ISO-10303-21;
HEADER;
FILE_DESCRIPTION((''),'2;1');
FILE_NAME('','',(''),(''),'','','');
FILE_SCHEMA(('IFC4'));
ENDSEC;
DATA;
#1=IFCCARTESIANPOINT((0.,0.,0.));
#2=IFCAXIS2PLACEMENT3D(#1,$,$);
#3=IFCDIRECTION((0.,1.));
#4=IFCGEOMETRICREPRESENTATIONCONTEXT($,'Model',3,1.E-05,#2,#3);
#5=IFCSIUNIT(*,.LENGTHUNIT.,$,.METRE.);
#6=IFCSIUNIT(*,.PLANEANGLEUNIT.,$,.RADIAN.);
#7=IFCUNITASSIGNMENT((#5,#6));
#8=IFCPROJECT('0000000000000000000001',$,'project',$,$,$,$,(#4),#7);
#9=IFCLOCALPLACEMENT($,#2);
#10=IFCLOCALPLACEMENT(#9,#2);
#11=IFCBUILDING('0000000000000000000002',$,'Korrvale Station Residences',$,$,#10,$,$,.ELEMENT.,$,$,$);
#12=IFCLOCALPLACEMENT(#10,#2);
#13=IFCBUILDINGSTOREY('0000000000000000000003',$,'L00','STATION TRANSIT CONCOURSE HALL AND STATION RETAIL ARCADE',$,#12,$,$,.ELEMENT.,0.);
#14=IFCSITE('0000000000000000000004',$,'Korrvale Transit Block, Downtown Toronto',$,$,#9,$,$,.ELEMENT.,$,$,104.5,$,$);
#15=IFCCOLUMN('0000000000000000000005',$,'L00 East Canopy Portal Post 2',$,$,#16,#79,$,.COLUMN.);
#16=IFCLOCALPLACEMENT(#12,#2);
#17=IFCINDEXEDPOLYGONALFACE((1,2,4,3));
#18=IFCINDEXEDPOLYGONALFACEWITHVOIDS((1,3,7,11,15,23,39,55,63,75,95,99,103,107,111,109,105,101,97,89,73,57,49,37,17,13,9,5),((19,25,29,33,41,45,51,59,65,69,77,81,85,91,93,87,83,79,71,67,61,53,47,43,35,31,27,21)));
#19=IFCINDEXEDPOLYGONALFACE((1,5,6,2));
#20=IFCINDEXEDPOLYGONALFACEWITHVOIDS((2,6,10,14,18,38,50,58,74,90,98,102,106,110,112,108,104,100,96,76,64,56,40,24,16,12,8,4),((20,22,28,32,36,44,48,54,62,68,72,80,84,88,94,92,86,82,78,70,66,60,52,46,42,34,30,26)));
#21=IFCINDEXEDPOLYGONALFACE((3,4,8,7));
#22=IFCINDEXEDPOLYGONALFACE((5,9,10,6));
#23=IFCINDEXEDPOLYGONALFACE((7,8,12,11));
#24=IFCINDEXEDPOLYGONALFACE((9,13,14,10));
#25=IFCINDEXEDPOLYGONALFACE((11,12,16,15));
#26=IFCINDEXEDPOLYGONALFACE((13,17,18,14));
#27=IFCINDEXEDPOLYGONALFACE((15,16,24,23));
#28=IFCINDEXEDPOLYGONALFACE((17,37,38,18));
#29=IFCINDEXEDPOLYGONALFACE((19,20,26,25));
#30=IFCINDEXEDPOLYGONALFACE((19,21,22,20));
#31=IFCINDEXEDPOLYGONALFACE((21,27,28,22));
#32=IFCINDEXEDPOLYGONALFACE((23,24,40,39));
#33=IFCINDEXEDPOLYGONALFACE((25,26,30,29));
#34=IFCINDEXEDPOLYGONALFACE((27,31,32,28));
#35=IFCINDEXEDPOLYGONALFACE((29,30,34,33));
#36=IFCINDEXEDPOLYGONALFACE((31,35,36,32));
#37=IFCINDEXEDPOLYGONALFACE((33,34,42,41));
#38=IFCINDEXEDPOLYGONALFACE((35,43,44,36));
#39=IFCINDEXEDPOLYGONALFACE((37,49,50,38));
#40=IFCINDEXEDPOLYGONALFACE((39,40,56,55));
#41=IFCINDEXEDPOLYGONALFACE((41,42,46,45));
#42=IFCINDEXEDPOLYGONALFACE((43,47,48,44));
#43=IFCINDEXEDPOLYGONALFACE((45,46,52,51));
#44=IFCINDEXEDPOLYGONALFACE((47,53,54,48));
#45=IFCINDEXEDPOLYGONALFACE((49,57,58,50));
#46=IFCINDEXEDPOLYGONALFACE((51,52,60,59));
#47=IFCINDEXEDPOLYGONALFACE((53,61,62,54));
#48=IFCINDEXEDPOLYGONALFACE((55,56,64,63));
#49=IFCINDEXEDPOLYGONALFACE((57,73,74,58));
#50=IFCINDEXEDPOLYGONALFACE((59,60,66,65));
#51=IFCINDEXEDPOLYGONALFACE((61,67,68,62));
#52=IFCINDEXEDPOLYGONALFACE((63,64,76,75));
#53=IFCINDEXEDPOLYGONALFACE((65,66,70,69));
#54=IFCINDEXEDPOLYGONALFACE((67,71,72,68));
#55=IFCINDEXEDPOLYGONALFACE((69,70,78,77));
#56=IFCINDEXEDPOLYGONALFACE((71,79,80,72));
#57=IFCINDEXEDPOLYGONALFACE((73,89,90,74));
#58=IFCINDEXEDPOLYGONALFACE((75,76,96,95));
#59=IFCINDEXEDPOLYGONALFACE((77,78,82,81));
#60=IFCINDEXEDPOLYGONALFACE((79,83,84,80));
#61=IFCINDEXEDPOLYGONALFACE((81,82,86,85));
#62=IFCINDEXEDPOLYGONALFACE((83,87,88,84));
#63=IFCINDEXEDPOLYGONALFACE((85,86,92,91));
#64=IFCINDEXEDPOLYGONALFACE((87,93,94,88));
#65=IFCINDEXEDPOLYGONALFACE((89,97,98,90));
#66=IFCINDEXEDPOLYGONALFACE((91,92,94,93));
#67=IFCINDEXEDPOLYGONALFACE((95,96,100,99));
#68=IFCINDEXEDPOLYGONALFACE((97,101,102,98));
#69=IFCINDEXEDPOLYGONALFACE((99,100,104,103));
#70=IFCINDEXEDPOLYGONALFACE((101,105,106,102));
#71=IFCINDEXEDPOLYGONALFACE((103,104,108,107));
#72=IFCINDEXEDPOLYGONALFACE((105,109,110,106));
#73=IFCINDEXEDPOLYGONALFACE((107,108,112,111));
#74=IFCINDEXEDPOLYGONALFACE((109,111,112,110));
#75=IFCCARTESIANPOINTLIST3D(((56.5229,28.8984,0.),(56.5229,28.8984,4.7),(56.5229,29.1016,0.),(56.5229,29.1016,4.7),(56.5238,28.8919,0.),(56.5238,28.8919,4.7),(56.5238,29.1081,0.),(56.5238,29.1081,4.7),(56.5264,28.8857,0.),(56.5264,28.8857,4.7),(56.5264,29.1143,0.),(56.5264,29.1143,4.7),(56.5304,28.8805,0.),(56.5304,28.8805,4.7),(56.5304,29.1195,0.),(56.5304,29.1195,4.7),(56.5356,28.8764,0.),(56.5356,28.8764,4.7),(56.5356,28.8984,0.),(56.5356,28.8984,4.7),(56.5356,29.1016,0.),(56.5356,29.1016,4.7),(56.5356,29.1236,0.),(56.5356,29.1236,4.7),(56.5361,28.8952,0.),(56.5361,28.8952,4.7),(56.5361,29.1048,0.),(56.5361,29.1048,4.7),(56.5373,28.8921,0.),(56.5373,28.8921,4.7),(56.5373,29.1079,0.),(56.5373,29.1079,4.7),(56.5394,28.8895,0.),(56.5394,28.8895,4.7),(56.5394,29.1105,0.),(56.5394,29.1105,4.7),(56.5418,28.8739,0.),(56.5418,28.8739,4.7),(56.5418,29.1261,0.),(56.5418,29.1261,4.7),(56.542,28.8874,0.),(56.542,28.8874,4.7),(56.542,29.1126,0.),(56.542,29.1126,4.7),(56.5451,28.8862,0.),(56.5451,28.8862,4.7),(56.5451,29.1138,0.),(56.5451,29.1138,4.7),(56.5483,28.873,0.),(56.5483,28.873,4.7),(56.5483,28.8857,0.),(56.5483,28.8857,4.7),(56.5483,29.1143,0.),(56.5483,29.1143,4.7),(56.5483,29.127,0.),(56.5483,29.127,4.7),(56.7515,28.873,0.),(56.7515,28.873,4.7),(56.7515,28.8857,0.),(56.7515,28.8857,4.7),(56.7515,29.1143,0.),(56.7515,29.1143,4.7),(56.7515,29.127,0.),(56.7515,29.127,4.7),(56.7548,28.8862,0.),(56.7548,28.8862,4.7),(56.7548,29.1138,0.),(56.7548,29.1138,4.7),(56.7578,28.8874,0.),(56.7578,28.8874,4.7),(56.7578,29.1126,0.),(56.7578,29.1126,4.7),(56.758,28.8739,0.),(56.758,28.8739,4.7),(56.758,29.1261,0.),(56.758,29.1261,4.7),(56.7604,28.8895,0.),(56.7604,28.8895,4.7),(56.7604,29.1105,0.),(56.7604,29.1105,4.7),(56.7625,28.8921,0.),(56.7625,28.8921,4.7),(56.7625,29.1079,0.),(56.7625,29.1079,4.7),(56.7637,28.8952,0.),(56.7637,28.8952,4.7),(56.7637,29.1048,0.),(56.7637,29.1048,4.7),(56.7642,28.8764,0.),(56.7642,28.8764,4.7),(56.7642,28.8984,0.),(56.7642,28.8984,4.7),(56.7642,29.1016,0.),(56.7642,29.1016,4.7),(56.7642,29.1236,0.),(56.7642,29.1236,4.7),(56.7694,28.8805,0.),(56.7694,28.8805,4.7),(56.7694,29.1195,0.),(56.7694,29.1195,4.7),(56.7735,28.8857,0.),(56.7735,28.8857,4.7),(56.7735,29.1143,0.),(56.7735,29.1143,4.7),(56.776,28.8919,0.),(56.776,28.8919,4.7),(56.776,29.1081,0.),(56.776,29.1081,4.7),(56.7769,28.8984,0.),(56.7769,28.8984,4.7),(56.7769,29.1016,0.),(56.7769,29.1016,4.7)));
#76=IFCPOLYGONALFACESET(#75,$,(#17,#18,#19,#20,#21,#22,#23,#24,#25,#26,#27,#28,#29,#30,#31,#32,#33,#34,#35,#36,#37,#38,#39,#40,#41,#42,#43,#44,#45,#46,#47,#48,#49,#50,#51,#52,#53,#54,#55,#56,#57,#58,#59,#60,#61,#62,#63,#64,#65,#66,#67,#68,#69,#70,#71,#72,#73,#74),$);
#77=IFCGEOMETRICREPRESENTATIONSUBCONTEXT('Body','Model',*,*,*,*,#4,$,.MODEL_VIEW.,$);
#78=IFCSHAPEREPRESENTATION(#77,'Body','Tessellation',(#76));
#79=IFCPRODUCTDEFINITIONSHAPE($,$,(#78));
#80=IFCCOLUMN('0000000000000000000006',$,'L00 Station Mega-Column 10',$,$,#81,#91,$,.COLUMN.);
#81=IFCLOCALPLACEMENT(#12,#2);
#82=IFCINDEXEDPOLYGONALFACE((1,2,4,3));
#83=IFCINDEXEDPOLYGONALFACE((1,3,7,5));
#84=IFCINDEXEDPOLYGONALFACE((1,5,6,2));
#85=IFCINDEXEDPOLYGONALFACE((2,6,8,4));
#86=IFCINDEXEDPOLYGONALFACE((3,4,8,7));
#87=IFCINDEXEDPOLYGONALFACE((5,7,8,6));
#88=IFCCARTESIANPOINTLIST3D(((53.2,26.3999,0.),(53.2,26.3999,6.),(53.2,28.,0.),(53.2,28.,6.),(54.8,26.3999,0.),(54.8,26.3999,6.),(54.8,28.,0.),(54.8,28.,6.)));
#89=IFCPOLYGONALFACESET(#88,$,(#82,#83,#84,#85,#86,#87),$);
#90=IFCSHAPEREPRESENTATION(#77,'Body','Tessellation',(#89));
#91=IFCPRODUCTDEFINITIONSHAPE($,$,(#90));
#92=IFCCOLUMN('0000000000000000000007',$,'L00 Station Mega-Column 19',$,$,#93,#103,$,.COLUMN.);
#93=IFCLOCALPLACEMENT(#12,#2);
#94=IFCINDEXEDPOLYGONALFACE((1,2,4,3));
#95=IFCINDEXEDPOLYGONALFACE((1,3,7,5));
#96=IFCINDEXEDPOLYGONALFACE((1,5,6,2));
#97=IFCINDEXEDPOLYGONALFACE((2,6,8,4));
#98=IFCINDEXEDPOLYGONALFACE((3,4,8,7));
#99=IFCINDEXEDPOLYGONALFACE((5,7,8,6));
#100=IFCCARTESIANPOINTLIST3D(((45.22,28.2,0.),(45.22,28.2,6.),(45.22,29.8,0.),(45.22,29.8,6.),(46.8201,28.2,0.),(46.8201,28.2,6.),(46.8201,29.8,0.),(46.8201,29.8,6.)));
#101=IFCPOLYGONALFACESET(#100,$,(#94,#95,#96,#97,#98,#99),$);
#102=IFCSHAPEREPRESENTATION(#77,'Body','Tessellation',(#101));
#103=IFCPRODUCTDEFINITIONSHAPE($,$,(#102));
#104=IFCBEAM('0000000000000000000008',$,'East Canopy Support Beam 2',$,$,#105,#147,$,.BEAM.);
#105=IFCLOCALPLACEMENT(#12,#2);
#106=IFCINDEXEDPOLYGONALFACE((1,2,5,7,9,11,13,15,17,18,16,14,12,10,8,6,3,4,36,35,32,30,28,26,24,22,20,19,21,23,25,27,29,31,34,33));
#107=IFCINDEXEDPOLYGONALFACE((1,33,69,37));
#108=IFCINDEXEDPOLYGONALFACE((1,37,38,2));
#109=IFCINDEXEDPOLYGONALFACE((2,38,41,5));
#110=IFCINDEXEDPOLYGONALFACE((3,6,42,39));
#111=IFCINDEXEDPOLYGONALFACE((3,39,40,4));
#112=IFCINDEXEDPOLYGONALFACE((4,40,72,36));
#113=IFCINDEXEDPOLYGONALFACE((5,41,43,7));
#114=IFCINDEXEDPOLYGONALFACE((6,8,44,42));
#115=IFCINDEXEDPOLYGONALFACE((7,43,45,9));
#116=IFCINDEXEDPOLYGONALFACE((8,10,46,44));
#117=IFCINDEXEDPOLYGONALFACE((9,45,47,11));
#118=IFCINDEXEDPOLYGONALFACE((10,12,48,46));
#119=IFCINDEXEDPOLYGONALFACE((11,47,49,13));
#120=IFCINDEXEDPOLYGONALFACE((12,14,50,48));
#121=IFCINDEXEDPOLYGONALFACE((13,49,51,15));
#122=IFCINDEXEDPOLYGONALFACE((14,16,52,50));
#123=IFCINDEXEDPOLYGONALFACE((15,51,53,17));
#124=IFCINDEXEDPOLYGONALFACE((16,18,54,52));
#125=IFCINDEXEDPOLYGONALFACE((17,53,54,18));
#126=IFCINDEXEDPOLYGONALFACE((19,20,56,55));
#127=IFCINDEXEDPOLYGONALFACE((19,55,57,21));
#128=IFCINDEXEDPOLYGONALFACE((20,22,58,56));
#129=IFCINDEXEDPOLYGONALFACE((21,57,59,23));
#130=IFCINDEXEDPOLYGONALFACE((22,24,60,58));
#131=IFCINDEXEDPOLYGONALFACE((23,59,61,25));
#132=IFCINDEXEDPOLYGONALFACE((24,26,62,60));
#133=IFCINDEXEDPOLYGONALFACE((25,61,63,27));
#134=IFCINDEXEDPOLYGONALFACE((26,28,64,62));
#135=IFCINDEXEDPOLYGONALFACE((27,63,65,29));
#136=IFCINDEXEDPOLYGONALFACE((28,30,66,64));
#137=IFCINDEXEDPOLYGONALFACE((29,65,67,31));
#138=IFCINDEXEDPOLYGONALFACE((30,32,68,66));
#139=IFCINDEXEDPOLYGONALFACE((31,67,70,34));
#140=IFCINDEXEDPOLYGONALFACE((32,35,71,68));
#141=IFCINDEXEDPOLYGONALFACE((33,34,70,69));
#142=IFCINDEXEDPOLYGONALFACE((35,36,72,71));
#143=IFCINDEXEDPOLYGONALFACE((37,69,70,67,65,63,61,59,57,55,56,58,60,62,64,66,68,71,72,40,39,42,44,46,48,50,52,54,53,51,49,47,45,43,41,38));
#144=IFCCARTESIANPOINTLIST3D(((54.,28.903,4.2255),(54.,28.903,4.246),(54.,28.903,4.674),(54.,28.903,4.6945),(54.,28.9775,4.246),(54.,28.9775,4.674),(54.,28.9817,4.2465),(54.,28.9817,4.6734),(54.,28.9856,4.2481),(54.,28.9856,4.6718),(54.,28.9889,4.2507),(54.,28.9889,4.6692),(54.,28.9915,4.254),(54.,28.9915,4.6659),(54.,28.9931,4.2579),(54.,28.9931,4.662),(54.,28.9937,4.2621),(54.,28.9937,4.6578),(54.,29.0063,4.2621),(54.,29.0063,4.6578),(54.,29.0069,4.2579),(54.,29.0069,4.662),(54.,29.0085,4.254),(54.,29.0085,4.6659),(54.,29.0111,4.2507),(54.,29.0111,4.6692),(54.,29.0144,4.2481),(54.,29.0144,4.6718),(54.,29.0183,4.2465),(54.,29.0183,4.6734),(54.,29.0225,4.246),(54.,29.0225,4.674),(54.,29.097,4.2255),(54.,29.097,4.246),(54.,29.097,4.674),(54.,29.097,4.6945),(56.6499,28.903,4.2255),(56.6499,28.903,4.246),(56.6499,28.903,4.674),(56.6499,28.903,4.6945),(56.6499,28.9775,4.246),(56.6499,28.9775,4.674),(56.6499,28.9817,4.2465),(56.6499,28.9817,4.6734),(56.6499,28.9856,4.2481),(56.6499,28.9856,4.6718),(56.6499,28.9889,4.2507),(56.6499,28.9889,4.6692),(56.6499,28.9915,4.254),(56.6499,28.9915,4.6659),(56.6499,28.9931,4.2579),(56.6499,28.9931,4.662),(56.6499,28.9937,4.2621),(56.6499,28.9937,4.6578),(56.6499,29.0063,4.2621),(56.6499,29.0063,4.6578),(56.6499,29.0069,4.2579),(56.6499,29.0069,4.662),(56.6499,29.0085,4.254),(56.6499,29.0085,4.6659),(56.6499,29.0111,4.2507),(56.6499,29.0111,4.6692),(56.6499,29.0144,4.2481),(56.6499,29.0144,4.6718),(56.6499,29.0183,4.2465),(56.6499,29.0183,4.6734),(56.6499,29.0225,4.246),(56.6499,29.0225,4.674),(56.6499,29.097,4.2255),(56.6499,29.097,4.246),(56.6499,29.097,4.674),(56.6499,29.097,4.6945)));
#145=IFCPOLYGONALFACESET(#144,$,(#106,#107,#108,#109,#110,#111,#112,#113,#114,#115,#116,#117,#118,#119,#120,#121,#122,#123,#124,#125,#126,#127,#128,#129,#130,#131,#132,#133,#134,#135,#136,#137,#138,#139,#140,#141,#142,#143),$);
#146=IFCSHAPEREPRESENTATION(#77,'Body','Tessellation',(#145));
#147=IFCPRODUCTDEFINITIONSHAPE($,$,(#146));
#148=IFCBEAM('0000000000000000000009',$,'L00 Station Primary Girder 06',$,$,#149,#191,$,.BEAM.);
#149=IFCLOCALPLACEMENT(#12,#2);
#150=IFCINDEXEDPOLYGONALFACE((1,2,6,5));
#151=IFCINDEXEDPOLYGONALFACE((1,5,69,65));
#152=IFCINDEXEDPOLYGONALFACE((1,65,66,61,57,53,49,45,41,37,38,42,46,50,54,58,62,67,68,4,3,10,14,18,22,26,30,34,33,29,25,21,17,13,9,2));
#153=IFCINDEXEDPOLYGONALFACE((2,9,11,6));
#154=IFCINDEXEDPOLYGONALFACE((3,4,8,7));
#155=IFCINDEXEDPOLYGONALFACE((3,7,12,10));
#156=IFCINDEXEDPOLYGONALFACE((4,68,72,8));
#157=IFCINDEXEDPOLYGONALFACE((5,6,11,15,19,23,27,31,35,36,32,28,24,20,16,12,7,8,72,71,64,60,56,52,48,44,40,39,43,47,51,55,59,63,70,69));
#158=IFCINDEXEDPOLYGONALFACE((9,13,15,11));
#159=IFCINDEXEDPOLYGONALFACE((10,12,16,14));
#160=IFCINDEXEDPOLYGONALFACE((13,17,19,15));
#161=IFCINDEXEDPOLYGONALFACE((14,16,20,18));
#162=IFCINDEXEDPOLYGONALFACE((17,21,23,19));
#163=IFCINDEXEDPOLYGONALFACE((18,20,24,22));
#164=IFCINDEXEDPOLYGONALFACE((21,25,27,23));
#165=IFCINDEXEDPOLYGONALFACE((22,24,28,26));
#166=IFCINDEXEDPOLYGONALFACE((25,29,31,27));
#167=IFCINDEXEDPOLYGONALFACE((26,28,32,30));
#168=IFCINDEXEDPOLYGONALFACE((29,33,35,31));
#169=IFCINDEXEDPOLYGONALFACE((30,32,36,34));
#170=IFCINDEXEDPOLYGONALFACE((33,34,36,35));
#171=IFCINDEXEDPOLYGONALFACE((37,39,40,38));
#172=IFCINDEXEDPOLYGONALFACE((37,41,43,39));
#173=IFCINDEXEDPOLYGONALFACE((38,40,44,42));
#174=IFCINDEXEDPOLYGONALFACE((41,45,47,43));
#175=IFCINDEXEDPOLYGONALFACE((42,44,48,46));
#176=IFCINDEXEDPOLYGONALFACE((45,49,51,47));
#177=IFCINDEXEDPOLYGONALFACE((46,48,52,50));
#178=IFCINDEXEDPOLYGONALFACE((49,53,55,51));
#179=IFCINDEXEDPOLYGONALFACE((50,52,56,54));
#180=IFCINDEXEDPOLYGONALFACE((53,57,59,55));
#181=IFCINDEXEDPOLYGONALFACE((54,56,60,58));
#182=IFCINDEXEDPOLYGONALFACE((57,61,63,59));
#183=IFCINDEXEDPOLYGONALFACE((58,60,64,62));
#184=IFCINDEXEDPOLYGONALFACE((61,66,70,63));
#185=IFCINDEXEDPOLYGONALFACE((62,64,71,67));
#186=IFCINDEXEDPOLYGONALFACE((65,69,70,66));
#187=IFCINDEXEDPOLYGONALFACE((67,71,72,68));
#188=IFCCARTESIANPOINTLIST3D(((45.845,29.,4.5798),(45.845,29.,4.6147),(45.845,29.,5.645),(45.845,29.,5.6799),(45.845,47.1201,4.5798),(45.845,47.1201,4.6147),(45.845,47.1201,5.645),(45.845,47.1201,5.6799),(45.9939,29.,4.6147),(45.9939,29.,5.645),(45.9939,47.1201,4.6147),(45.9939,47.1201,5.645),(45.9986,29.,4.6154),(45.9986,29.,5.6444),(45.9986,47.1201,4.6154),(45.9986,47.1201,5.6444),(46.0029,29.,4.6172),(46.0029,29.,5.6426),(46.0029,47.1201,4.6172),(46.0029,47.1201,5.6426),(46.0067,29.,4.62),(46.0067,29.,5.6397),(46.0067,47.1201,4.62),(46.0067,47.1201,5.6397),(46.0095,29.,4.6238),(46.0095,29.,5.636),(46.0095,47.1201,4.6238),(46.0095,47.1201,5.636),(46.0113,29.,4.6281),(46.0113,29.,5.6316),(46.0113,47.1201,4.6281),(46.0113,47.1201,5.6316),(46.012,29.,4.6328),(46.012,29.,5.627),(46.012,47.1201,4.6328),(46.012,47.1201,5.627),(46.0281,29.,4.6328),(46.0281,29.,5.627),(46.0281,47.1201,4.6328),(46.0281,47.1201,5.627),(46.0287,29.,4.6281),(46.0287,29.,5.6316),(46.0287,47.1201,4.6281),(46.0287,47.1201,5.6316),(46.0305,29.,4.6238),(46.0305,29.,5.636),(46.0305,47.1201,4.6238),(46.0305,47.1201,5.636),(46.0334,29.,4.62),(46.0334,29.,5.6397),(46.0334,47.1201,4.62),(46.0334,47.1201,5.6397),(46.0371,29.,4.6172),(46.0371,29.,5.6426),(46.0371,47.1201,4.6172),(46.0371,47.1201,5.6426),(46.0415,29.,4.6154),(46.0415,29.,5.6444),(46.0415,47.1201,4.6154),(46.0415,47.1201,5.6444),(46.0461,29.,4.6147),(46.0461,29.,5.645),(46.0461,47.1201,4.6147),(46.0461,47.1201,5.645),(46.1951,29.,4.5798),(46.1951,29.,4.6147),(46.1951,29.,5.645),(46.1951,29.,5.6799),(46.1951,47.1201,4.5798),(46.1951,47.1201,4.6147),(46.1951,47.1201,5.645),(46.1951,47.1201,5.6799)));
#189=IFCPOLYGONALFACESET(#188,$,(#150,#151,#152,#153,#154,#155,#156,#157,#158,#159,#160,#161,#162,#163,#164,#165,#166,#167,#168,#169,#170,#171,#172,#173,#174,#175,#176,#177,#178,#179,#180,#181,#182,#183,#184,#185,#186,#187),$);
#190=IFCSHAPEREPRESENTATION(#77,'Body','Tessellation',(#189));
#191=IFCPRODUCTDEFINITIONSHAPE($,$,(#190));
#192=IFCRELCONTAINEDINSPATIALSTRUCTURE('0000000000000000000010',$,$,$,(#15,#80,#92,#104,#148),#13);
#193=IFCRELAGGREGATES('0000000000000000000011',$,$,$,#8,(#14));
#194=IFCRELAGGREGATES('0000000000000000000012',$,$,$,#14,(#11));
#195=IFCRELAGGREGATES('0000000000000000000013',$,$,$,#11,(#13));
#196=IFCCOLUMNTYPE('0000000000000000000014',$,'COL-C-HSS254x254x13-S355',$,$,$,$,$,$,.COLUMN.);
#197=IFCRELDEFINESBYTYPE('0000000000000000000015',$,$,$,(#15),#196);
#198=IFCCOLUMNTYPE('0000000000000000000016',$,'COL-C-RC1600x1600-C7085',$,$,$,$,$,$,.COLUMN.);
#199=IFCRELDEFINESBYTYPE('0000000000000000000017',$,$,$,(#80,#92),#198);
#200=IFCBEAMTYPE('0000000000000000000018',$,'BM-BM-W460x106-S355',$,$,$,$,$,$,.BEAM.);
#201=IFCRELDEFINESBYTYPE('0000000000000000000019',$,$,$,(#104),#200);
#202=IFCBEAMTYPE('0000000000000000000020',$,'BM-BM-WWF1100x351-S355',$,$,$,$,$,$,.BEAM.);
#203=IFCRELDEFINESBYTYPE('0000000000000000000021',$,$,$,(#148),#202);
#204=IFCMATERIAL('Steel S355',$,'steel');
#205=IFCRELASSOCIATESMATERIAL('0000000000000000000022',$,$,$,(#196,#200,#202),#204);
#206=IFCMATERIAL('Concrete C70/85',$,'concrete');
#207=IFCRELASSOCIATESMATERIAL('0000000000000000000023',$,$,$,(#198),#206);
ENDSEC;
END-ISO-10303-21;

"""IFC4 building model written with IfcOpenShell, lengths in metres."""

from ifc_helpers import new_model, si_unit, direction, frame, origin, origin_2d, place, context, subcontext, project, spatial, rectangle, hollow_rectangle, i_section, extrude, material, material_profile, profile_set, type_object, element, save


model = new_model("IFC4")

# Units and contexts
model_context = context("Model", 3, precision=1e-05, world=origin(), true_north=direction((0.0, 1.0)))
body_context = subcontext(model_context, "Body", "Model", "MODEL_VIEW")
ifc_project = project(units=[si_unit("LENGTHUNIT", "METRE"), si_unit("PLANEANGLEUNIT", "RADIAN")], contexts=[model_context])

# Site, building, storey
site_placement = place(None, origin())
site = spatial("IfcSite", under=ifc_project, at=site_placement, Name="Korrvale Transit Block, Downtown Toronto", CompositionType="ELEMENT", RefElevation=104.5)
building_placement = place(site_placement, origin())
building = spatial("IfcBuilding", under=site, at=building_placement, Name="Korrvale Station Residences", CompositionType="ELEMENT")
storey_placement = place(building_placement, origin())
storey = spatial("IfcBuildingStorey", under=building, at=storey_placement, Name="L00", Description="STATION TRANSIT CONCOURSE HALL AND STATION RETAIL ARCADE", CompositionType="ELEMENT", Elevation=0.0)

# Columns
ifc_material_1 = material(Name="Steel S355", Category="steel")
ifc_material_profile_1 = material_profile(ifc_material_1, hollow_rectangle(XDim=0.2539, YDim=0.2539, WallThickness=0.0127, InnerFilletRadius=0.0127, OuterFilletRadius=0.0254, at=origin_2d()), Name="HSS254x254x13")
ifc_profile_set_1 = profile_set([ifc_material_profile_1], Name="Steel S355")
column_type_1 = type_object("IfcColumnType", Name="COL-C-HSS254x254x13-S355", PredefinedType="COLUMN", material=ifc_profile_set_1)
column_placement = place(storey_placement, frame((56.6499, 29.0, 0.0), z_axis=(0.0, 0.0, 1.0), x_axis=(1.0, 0.0, 0.0)))
element("IfcColumn", 1, at=column_placement, inside=storey, type_object=column_type_1, Name="L00 East Canopy Portal Post 2", PredefinedType="COLUMN", context=body_context, shape_type="SweptSolid", body=[
    extrude(hollow_rectangle(XDim=0.2539, YDim=0.2539, WallThickness=0.0127, InnerFilletRadius=0.0127, OuterFilletRadius=0.0254, at=origin_2d()), origin(), (0.0, 0.0, 1.0), 4.7),
])
ifc_material_2 = material(Name="Concrete C70/85", Category="concrete")
ifc_material_profile_2 = material_profile(ifc_material_2, rectangle(XDim=1.6001, YDim=1.6001, at=origin_2d()), Name="RC1600x1600")
ifc_profile_set_2 = profile_set([ifc_material_profile_2], Name="Concrete C70/85")
column_type_2 = type_object("IfcColumnType", Name="COL-C-RC1600x1600-C7085", PredefinedType="COLUMN", material=ifc_profile_set_2)
for number, where, z_axis, x_axis, name in (
    (2, (54.0, 27.2, 0.0), (0.0, 0.0, 1.0), (1.0, 0.0, 0.0), "L00 Station Mega-Column 10"),
    (3, (46.02, 29.0, 0.0), (0.0, 0.0, 1.0), (1.0, 0.0, 0.0), "L00 Station Mega-Column 19"),
):
    element("IfcColumn", number, at=place(storey_placement, frame(where, z_axis=z_axis, x_axis=x_axis)), inside=storey, type_object=column_type_2, Name=name, PredefinedType="COLUMN", context=body_context, shape_type="SweptSolid", body=[
        extrude(rectangle(XDim=1.6001, YDim=1.6001, at=origin_2d()), origin(), (0.0, 0.0, 1.0), 6.0),
    ])

# Beams
ifc_material_profile_3 = material_profile(ifc_material_1, i_section(OverallWidth=0.1941, OverallDepth=0.469, WebThickness=0.0127, FlangeThickness=0.0205, FilletRadius=0.0161, at=origin_2d()), Name="W460x106")
ifc_profile_set_3 = profile_set([ifc_material_profile_3], Name="Steel S355")
beam_type_1 = type_object("IfcBeamType", Name="BM-BM-W460x106-S355", PredefinedType="BEAM", material=ifc_profile_set_3)
beam_1_placement = place(storey_placement, frame((54.0, 29.0, 4.46), z_axis=(1.0, 0.0, 0.0), x_axis=(0.0, 1.0, 0.0)))
element("IfcBeam", 4, at=beam_1_placement, inside=storey, type_object=beam_type_1, Name="East Canopy Support Beam 2", PredefinedType="BEAM", context=body_context, shape_type="SweptSolid", body=[
    extrude(i_section(OverallWidth=0.1941, OverallDepth=0.469, WebThickness=0.0127, FlangeThickness=0.0205, FilletRadius=0.0161, at=origin_2d()), origin(), (0.0, 0.0, 1.0), 2.6499),
])
ifc_material_profile_4 = material_profile(ifc_material_1, i_section(OverallWidth=0.3501, OverallDepth=1.1001, WebThickness=0.0161, FlangeThickness=0.0349, FilletRadius=0.0181, at=origin_2d()), Name="WWF1100x351")
ifc_profile_set_4 = profile_set([ifc_material_profile_4], Name="Steel S355")
beam_type_2 = type_object("IfcBeamType", Name="BM-BM-WWF1100x351-S355", PredefinedType="BEAM", material=ifc_profile_set_4)
beam_2_placement = place(storey_placement, frame((46.02, 29.0, 5.1299), z_axis=(0.0, 1.0, 0.0), x_axis=(-1.0, 0.0, 0.0)))
element("IfcBeam", 5, at=beam_2_placement, inside=storey, type_object=beam_type_2, Name="L00 Station Primary Girder 06", PredefinedType="BEAM", context=body_context, shape_type="SweptSolid", body=[
    extrude(i_section(OverallWidth=0.3501, OverallDepth=1.1001, WebThickness=0.0161, FlangeThickness=0.0349, FilletRadius=0.0181, at=origin_2d()), origin(), (0.0, 0.0, 1.0), 18.1201),
])

save(model, "model.ifc")
